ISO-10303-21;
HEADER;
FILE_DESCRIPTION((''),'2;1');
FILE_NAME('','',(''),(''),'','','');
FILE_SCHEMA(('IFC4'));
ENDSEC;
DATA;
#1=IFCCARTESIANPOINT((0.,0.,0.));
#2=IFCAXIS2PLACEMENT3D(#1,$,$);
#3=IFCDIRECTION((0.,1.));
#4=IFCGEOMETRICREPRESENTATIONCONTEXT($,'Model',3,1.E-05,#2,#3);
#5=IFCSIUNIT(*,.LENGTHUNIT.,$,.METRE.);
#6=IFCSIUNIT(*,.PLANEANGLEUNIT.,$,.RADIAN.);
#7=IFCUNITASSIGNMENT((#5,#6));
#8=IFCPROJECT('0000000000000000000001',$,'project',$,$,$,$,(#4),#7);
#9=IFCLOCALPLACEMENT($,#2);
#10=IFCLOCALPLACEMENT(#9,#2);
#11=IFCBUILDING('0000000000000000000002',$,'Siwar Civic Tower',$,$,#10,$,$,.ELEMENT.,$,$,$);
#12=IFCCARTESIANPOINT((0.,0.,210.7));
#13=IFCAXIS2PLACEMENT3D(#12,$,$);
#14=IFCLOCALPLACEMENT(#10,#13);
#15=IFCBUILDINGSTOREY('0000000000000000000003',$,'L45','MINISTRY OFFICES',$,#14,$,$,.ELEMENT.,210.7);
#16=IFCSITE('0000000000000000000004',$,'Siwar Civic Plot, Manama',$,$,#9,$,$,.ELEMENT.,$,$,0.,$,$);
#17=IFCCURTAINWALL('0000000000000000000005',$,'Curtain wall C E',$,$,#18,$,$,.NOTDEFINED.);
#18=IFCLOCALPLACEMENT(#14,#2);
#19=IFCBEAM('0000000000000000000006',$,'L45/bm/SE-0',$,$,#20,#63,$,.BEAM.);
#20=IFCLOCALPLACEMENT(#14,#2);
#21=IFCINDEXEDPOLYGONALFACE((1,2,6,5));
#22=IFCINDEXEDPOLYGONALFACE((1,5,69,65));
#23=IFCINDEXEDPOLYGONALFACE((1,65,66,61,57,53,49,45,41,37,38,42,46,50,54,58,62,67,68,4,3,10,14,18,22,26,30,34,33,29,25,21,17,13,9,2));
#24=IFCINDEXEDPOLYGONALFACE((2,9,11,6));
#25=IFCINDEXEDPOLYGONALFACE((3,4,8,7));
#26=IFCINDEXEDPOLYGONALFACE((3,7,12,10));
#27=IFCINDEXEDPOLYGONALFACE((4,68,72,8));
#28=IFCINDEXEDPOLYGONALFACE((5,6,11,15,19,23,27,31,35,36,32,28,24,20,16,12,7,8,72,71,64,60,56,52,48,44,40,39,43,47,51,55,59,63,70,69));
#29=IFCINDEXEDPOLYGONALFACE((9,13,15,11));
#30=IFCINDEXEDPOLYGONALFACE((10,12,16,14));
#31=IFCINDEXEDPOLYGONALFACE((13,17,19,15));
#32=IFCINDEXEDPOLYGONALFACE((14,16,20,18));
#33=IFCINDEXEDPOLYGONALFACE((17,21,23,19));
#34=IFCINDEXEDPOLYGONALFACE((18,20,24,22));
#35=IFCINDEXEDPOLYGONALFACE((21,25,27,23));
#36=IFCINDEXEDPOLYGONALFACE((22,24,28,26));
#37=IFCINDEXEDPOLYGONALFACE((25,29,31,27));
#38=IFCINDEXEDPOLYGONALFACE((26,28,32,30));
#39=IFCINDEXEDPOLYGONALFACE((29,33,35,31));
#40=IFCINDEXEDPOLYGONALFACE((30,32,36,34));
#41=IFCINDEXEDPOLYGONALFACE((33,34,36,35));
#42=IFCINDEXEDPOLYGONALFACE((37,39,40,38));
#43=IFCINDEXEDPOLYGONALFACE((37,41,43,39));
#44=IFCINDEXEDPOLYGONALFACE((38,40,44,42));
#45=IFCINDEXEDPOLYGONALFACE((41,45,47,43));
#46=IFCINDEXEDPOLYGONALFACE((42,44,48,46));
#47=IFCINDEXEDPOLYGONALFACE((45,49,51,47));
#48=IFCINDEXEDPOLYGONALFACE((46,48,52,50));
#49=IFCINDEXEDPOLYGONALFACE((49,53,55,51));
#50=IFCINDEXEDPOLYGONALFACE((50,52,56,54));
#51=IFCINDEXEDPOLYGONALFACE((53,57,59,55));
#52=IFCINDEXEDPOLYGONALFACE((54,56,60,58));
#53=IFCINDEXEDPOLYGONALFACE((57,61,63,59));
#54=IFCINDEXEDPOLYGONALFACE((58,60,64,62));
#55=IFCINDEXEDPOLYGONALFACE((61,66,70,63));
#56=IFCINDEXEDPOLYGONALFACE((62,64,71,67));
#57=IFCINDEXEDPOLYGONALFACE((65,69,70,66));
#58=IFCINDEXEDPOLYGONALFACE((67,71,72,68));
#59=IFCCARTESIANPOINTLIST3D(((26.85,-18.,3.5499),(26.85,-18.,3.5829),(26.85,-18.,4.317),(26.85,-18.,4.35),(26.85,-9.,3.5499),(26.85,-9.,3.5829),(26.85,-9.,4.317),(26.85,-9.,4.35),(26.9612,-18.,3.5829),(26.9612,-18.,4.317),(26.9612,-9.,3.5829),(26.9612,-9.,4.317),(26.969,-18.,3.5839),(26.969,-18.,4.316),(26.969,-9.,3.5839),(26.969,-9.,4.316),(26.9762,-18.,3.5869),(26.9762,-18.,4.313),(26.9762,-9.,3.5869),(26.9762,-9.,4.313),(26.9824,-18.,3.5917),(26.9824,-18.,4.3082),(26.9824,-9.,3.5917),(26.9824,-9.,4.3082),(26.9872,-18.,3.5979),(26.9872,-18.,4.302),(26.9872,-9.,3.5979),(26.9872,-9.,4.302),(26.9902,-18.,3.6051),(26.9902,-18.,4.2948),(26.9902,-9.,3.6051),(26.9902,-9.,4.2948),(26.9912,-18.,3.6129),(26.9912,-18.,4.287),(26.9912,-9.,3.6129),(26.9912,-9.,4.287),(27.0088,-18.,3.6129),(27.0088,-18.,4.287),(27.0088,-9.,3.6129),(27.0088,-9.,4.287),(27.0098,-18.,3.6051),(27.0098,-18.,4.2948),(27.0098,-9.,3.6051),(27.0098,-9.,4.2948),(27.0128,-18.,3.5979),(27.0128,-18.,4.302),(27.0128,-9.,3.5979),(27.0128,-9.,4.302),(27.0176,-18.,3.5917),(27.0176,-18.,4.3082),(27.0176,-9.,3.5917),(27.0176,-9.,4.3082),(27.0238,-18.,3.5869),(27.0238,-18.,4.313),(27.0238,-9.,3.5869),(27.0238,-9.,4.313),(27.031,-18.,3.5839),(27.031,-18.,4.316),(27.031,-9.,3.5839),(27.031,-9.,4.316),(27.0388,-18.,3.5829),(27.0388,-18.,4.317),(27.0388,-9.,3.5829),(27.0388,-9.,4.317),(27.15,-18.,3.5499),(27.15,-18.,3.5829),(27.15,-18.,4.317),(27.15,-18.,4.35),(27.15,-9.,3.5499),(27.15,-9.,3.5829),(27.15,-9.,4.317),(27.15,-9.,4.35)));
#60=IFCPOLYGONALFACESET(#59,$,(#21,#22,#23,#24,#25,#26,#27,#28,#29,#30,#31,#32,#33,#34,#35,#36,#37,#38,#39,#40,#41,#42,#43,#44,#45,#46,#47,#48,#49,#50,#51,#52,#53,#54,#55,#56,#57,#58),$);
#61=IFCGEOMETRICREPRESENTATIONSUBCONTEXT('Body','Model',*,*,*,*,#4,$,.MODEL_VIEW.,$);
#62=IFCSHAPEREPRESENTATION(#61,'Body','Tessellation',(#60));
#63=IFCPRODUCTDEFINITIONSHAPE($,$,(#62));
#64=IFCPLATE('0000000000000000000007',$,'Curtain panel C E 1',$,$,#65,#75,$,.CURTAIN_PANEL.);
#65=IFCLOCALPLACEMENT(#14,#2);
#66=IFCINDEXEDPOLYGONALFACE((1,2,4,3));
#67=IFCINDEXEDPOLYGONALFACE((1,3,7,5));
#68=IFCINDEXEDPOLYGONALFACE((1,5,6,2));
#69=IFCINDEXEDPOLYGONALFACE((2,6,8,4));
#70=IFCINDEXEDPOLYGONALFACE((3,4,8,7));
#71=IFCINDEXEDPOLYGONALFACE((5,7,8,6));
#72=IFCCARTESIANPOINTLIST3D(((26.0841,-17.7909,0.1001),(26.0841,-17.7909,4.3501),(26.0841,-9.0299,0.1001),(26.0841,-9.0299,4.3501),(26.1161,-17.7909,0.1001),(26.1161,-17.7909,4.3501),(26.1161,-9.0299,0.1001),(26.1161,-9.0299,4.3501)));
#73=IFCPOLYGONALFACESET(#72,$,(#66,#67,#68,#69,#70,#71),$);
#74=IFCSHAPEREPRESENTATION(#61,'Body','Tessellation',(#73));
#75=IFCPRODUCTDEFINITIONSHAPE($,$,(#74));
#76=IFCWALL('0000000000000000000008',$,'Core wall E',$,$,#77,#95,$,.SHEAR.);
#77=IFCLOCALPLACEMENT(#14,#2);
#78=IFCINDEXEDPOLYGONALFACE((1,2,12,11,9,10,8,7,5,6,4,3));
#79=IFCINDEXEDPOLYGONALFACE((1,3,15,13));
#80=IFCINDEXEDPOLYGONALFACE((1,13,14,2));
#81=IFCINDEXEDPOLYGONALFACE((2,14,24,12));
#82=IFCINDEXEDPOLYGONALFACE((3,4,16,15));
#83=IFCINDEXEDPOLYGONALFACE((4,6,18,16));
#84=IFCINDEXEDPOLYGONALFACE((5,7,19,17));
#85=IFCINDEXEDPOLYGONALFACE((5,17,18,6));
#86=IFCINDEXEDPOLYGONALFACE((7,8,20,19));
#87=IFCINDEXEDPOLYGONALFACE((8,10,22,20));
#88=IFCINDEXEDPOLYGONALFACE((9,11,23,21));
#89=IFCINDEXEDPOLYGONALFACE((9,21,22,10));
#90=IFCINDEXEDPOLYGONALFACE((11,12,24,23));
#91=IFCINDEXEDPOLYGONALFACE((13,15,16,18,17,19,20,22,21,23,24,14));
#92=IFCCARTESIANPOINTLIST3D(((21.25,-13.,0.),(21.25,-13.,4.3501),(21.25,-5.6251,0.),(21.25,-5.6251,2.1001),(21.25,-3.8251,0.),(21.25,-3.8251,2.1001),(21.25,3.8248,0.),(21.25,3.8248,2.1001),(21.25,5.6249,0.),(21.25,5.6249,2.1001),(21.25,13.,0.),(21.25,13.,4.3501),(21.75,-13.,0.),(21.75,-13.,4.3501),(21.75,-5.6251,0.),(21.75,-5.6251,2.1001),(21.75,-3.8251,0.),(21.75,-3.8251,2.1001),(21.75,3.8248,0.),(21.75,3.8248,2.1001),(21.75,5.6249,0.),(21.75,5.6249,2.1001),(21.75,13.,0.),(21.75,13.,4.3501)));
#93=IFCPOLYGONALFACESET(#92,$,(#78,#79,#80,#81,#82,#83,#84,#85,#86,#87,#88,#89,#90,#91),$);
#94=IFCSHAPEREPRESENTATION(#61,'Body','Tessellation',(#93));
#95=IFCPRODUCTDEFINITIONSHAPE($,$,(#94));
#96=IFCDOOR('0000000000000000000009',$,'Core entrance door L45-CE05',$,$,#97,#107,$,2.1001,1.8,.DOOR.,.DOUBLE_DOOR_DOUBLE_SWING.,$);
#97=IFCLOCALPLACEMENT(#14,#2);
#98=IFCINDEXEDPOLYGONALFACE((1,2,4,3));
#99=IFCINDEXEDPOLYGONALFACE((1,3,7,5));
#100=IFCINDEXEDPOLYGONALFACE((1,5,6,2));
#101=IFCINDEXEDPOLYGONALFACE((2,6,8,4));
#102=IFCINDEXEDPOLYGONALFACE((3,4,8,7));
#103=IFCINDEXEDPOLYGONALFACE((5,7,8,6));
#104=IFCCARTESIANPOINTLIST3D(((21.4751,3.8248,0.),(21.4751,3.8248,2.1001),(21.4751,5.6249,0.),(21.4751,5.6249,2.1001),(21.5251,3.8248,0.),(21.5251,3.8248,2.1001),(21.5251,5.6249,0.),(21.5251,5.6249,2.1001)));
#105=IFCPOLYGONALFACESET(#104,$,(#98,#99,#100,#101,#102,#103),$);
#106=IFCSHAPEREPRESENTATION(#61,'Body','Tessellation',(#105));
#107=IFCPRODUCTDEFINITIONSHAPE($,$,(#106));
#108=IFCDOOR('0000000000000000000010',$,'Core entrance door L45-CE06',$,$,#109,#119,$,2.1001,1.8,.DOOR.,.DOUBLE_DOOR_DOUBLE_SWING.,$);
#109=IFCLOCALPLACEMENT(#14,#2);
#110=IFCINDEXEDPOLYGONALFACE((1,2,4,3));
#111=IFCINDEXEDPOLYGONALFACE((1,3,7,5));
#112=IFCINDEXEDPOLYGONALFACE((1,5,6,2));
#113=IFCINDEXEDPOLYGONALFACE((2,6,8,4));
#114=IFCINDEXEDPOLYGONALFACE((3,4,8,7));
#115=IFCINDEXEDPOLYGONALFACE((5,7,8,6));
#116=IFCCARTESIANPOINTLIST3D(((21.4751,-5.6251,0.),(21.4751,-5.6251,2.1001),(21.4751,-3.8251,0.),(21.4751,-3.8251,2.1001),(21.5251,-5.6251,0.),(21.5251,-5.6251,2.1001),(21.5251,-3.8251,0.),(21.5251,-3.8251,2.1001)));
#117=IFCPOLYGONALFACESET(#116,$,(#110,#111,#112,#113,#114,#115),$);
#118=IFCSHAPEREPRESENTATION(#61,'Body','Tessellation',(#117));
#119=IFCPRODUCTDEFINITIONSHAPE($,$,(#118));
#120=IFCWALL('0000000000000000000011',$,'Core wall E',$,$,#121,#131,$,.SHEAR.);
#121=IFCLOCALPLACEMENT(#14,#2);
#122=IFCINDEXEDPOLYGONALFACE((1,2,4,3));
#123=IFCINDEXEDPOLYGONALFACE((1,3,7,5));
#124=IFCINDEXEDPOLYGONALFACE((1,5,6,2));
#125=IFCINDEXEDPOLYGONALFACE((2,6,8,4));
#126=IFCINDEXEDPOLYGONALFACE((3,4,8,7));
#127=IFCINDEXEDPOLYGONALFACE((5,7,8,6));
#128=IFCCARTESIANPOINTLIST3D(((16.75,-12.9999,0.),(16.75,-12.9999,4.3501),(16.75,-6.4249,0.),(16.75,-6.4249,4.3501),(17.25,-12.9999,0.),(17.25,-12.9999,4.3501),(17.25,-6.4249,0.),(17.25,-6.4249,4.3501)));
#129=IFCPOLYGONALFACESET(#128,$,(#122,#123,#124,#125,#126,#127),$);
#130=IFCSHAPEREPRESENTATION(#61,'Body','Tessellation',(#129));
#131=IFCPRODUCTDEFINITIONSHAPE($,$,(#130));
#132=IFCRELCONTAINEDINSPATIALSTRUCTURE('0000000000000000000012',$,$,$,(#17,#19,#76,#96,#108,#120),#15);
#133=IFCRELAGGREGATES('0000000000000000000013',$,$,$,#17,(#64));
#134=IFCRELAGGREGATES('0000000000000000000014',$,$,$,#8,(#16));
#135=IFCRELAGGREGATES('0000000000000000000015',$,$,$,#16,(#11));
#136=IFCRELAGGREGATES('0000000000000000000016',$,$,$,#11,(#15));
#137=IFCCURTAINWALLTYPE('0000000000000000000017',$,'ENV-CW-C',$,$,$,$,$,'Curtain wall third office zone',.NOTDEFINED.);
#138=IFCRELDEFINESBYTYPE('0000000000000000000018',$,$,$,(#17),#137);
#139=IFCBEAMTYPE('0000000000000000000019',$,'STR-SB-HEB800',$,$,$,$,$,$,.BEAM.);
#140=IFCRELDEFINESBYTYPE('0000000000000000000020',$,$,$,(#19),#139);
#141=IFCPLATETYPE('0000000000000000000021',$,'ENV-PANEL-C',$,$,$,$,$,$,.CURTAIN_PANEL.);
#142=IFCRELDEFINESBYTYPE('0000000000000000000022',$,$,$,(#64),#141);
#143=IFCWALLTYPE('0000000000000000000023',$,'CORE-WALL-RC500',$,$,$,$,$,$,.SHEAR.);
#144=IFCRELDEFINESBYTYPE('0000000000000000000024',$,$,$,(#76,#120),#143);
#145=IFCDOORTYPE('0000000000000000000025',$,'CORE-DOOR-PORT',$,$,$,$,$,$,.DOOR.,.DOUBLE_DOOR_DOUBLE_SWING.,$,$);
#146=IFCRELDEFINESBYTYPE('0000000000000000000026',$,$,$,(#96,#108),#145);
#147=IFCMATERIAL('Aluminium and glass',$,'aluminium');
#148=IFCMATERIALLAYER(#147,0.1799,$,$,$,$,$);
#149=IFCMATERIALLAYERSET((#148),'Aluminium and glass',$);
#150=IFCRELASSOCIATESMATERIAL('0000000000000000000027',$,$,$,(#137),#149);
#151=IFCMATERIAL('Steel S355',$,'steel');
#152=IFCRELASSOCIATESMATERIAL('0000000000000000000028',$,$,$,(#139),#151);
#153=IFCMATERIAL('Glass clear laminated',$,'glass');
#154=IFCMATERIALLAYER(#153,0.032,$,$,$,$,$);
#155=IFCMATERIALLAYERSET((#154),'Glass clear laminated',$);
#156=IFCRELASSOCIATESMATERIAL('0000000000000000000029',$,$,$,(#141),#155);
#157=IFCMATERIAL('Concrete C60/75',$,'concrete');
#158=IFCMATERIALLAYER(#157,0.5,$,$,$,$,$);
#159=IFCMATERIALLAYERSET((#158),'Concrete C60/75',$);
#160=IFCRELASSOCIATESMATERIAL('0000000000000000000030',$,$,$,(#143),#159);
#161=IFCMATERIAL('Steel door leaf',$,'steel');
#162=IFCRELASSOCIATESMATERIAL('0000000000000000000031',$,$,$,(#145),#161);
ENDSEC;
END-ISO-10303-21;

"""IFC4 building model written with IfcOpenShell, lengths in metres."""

from ifc_helpers import new_model, si_unit, direction, frame, frame_2d, origin, origin_2d, place, context, subcontext, project, spatial, rectangle, i_section, extrude, material, layer, layer_set, material_profile, profile_set, type_object, element, fill, aggregate, save


model = new_model("IFC4")

# Units and contexts
model_context = context("Model", 3, precision=1e-05, world=origin(), true_north=direction((0.0, 1.0)))
body_context = subcontext(model_context, "Body", "Model", "MODEL_VIEW")
ifc_project = project(units=[si_unit("LENGTHUNIT", "METRE"), si_unit("PLANEANGLEUNIT", "RADIAN")], contexts=[model_context])

# Site, building, storey
site_placement = place(None, origin())
site = spatial("IfcSite", under=ifc_project, at=site_placement, Name="Siwar Civic Plot, Manama", CompositionType="ELEMENT", RefElevation=0.0)
building_placement = place(site_placement, origin())
building = spatial("IfcBuilding", under=site, at=building_placement, Name="Siwar Civic Tower", CompositionType="ELEMENT")
storey_placement = place(building_placement, frame((0.0, 0.0, 210.7)))
storey = spatial("IfcBuildingStorey", under=building, at=storey_placement, Name="L45", Description="MINISTRY OFFICES", CompositionType="ELEMENT", Elevation=210.7)

# Curtain wall
ifc_material_1 = material(Name="Aluminium and glass", Category="aluminium")
ifc_layer_1 = layer(ifc_material_1, 0.1799)
ifc_layer_set_1 = layer_set([ifc_layer_1], Name="Aluminium and glass")
curtain_wall_type = type_object("IfcCurtainWallType", Name="ENV-CW-C", ElementType="Curtain wall third office zone", PredefinedType="NOTDEFINED", material=ifc_layer_set_1)
curtain_wall_placement = place(storey_placement, origin())
curtain_wall = element("IfcCurtainWall", 1, at=curtain_wall_placement, inside=storey, type_object=curtain_wall_type, Name="Curtain wall C E", PredefinedType="NOTDEFINED")

# Beam
ifc_material_2 = material(Name="Steel S355", Category="steel")
ifc_material_profile_1 = material_profile(ifc_material_2, i_section(OverallWidth=0.3, OverallDepth=0.8, WebThickness=0.0176, FlangeThickness=0.033, FilletRadius=0.03, at=origin_2d()), Name="HEB800")
ifc_profile_set_1 = profile_set([ifc_material_profile_1], Name="Steel S355")
beam_type_1 = type_object("IfcBeamType", Name="STR-SB-HEB800", PredefinedType="BEAM", material=ifc_profile_set_1)
beam_1_placement = place(storey_placement, frame((27.0, -18.0, 3.95), z_axis=(0.0, 1.0, 0.0), x_axis=(-1.0, 0.0, 0.0)))
element("IfcBeam", 2, at=beam_1_placement, inside=storey, type_object=beam_type_1, Name="L45/bm/SE-0", PredefinedType="BEAM", context=body_context, shape_type="SweptSolid", body=[
    extrude(i_section(OverallWidth=0.3, OverallDepth=0.8, WebThickness=0.0176, FlangeThickness=0.033, FilletRadius=0.03, at=origin_2d()), origin(), (0.0, 0.0, 1.0), 9.0),
])

# Plate
ifc_material_3 = material(Name="Glass clear laminated", Category="glass")
ifc_layer_2 = layer(ifc_material_3, 0.032)
ifc_layer_set_2 = layer_set([ifc_layer_2], Name="Glass clear laminated")
plate_type = type_object("IfcPlateType", Name="ENV-PANEL-C", PredefinedType="CURTAIN_PANEL", material=ifc_layer_set_2)
plate_placement = place(storey_placement, frame((26.1001, -13.4104, 0.1001), z_axis=(0.0, 0.0, 1.0), x_axis=(0.0, 1.0, 0.0)))
plate = element("IfcPlate", 3, at=plate_placement, type_object=plate_type, Name="Curtain panel C E 1", PredefinedType="CURTAIN_PANEL", context=body_context, shape_type="SweptSolid", body=[
    extrude(rectangle(XDim=8.761, YDim=0.032, at=origin_2d()), origin(), (0.0, 0.0, 1.0), 4.25),
])
aggregate(curtain_wall, [plate])

# Wall, openings, doors
ifc_material_4 = material(Name="Concrete C60/75", Category="concrete")
ifc_layer_3 = layer(ifc_material_4, 0.5)
ifc_layer_set_3 = layer_set([ifc_layer_3], Name="Concrete C60/75")
wall_type_1 = type_object("IfcWallType", Name="CORE-WALL-RC500", PredefinedType="SHEAR", material=ifc_layer_set_3)
wall_1_placement = place(storey_placement, frame((21.5, -13.0, 0.0), z_axis=(0.0, 0.0, 1.0), x_axis=(0.0, 1.0, 0.0)))
wall_1 = element("IfcWall", 4, at=wall_1_placement, inside=storey, type_object=wall_type_1, Name="Core wall E", PredefinedType="SHEAR", context=body_context, shape_type="SweptSolid", body=[
    extrude(rectangle(XDim=26.0, YDim=0.5, at=frame_2d((13.0, 0.0))), origin(), (0.0, 0.0, 1.0), 4.3501),
])
opening_1_placement = place(wall_1_placement, frame((16.825, 0.0, 0.0)))
opening_1 = element("IfcOpeningElement", 5, at=opening_1_placement, cuts=wall_1, PredefinedType="OPENING", context=body_context, shape_type="SweptSolid", body=[
    extrude(rectangle(XDim=1.8, YDim=2.1001, at=frame_2d((0.8999, 1.05))), frame((0.0, 0.26, 0.0), z_axis=(0.0, -1.0, 0.0), x_axis=(1.0, 0.0, 0.0)), (0.0, 0.0, 1.0), 0.52),
])
opening_2_placement = place(wall_1_placement, frame((7.375, 0.0, 0.0)))
opening_2 = element("IfcOpeningElement", 6, at=opening_2_placement, cuts=wall_1, PredefinedType="OPENING", context=body_context, shape_type="SweptSolid", body=[
    extrude(rectangle(XDim=1.8, YDim=2.1001, at=frame_2d((0.8999, 1.05))), frame((0.0, 0.26, 0.0), z_axis=(0.0, -1.0, 0.0), x_axis=(1.0, 0.0, 0.0)), (0.0, 0.0, 1.0), 0.52),
])
ifc_material_5 = material(Name="Steel door leaf", Category="steel")
door_type_1 = type_object("IfcDoorType", Name="CORE-DOOR-PORT", OperationType="DOUBLE_DOOR_DOUBLE_SWING", PredefinedType="DOOR", material=ifc_material_5)
door_1_placement = place(opening_1_placement, origin())
door_1 = element("IfcDoor", 7, at=door_1_placement, inside=storey, type_object=door_type_1, Name="Core entrance door L45-CE05", OperationType="DOUBLE_DOOR_DOUBLE_SWING", OverallHeight=2.1001, OverallWidth=1.8, PredefinedType="DOOR", context=body_context, shape_type="SweptSolid", body=[
    extrude(rectangle(XDim=1.8, YDim=2.1001, at=frame_2d((0.8999, 1.05))), frame((0.0, 0.0249, 0.0), z_axis=(0.0, -1.0, 0.0), x_axis=(1.0, 0.0, 0.0)), (0.0, 0.0, 1.0), 0.05),
])
fill(opening_1, door_1)
door_2_placement = place(opening_2_placement, origin())
door_2 = element("IfcDoor", 8, at=door_2_placement, inside=storey, type_object=door_type_1, Name="Core entrance door L45-CE06", OperationType="DOUBLE_DOOR_DOUBLE_SWING", OverallHeight=2.1001, OverallWidth=1.8, PredefinedType="DOOR", context=body_context, shape_type="SweptSolid", body=[
    extrude(rectangle(XDim=1.8, YDim=2.1001, at=frame_2d((0.8999, 1.05))), frame((0.0, 0.0249, 0.0), z_axis=(0.0, -1.0, 0.0), x_axis=(1.0, 0.0, 0.0)), (0.0, 0.0, 1.0), 0.05),
])
fill(opening_2, door_2)

# Wall
wall_2_placement = place(storey_placement, frame((17.0, -13.0, 0.0), z_axis=(0.0, 0.0, 1.0), x_axis=(0.0, 1.0, 0.0)))
element("IfcWall", 9, at=wall_2_placement, inside=storey, type_object=wall_type_1, Name="Core wall E", PredefinedType="SHEAR", context=body_context, shape_type="SweptSolid", body=[
    extrude(rectangle(XDim=6.575, YDim=0.5, at=frame_2d((3.2876, 0.0))), origin(), (0.0, 0.0, 1.0), 4.3501),
])

save(model, "model.ifc")
